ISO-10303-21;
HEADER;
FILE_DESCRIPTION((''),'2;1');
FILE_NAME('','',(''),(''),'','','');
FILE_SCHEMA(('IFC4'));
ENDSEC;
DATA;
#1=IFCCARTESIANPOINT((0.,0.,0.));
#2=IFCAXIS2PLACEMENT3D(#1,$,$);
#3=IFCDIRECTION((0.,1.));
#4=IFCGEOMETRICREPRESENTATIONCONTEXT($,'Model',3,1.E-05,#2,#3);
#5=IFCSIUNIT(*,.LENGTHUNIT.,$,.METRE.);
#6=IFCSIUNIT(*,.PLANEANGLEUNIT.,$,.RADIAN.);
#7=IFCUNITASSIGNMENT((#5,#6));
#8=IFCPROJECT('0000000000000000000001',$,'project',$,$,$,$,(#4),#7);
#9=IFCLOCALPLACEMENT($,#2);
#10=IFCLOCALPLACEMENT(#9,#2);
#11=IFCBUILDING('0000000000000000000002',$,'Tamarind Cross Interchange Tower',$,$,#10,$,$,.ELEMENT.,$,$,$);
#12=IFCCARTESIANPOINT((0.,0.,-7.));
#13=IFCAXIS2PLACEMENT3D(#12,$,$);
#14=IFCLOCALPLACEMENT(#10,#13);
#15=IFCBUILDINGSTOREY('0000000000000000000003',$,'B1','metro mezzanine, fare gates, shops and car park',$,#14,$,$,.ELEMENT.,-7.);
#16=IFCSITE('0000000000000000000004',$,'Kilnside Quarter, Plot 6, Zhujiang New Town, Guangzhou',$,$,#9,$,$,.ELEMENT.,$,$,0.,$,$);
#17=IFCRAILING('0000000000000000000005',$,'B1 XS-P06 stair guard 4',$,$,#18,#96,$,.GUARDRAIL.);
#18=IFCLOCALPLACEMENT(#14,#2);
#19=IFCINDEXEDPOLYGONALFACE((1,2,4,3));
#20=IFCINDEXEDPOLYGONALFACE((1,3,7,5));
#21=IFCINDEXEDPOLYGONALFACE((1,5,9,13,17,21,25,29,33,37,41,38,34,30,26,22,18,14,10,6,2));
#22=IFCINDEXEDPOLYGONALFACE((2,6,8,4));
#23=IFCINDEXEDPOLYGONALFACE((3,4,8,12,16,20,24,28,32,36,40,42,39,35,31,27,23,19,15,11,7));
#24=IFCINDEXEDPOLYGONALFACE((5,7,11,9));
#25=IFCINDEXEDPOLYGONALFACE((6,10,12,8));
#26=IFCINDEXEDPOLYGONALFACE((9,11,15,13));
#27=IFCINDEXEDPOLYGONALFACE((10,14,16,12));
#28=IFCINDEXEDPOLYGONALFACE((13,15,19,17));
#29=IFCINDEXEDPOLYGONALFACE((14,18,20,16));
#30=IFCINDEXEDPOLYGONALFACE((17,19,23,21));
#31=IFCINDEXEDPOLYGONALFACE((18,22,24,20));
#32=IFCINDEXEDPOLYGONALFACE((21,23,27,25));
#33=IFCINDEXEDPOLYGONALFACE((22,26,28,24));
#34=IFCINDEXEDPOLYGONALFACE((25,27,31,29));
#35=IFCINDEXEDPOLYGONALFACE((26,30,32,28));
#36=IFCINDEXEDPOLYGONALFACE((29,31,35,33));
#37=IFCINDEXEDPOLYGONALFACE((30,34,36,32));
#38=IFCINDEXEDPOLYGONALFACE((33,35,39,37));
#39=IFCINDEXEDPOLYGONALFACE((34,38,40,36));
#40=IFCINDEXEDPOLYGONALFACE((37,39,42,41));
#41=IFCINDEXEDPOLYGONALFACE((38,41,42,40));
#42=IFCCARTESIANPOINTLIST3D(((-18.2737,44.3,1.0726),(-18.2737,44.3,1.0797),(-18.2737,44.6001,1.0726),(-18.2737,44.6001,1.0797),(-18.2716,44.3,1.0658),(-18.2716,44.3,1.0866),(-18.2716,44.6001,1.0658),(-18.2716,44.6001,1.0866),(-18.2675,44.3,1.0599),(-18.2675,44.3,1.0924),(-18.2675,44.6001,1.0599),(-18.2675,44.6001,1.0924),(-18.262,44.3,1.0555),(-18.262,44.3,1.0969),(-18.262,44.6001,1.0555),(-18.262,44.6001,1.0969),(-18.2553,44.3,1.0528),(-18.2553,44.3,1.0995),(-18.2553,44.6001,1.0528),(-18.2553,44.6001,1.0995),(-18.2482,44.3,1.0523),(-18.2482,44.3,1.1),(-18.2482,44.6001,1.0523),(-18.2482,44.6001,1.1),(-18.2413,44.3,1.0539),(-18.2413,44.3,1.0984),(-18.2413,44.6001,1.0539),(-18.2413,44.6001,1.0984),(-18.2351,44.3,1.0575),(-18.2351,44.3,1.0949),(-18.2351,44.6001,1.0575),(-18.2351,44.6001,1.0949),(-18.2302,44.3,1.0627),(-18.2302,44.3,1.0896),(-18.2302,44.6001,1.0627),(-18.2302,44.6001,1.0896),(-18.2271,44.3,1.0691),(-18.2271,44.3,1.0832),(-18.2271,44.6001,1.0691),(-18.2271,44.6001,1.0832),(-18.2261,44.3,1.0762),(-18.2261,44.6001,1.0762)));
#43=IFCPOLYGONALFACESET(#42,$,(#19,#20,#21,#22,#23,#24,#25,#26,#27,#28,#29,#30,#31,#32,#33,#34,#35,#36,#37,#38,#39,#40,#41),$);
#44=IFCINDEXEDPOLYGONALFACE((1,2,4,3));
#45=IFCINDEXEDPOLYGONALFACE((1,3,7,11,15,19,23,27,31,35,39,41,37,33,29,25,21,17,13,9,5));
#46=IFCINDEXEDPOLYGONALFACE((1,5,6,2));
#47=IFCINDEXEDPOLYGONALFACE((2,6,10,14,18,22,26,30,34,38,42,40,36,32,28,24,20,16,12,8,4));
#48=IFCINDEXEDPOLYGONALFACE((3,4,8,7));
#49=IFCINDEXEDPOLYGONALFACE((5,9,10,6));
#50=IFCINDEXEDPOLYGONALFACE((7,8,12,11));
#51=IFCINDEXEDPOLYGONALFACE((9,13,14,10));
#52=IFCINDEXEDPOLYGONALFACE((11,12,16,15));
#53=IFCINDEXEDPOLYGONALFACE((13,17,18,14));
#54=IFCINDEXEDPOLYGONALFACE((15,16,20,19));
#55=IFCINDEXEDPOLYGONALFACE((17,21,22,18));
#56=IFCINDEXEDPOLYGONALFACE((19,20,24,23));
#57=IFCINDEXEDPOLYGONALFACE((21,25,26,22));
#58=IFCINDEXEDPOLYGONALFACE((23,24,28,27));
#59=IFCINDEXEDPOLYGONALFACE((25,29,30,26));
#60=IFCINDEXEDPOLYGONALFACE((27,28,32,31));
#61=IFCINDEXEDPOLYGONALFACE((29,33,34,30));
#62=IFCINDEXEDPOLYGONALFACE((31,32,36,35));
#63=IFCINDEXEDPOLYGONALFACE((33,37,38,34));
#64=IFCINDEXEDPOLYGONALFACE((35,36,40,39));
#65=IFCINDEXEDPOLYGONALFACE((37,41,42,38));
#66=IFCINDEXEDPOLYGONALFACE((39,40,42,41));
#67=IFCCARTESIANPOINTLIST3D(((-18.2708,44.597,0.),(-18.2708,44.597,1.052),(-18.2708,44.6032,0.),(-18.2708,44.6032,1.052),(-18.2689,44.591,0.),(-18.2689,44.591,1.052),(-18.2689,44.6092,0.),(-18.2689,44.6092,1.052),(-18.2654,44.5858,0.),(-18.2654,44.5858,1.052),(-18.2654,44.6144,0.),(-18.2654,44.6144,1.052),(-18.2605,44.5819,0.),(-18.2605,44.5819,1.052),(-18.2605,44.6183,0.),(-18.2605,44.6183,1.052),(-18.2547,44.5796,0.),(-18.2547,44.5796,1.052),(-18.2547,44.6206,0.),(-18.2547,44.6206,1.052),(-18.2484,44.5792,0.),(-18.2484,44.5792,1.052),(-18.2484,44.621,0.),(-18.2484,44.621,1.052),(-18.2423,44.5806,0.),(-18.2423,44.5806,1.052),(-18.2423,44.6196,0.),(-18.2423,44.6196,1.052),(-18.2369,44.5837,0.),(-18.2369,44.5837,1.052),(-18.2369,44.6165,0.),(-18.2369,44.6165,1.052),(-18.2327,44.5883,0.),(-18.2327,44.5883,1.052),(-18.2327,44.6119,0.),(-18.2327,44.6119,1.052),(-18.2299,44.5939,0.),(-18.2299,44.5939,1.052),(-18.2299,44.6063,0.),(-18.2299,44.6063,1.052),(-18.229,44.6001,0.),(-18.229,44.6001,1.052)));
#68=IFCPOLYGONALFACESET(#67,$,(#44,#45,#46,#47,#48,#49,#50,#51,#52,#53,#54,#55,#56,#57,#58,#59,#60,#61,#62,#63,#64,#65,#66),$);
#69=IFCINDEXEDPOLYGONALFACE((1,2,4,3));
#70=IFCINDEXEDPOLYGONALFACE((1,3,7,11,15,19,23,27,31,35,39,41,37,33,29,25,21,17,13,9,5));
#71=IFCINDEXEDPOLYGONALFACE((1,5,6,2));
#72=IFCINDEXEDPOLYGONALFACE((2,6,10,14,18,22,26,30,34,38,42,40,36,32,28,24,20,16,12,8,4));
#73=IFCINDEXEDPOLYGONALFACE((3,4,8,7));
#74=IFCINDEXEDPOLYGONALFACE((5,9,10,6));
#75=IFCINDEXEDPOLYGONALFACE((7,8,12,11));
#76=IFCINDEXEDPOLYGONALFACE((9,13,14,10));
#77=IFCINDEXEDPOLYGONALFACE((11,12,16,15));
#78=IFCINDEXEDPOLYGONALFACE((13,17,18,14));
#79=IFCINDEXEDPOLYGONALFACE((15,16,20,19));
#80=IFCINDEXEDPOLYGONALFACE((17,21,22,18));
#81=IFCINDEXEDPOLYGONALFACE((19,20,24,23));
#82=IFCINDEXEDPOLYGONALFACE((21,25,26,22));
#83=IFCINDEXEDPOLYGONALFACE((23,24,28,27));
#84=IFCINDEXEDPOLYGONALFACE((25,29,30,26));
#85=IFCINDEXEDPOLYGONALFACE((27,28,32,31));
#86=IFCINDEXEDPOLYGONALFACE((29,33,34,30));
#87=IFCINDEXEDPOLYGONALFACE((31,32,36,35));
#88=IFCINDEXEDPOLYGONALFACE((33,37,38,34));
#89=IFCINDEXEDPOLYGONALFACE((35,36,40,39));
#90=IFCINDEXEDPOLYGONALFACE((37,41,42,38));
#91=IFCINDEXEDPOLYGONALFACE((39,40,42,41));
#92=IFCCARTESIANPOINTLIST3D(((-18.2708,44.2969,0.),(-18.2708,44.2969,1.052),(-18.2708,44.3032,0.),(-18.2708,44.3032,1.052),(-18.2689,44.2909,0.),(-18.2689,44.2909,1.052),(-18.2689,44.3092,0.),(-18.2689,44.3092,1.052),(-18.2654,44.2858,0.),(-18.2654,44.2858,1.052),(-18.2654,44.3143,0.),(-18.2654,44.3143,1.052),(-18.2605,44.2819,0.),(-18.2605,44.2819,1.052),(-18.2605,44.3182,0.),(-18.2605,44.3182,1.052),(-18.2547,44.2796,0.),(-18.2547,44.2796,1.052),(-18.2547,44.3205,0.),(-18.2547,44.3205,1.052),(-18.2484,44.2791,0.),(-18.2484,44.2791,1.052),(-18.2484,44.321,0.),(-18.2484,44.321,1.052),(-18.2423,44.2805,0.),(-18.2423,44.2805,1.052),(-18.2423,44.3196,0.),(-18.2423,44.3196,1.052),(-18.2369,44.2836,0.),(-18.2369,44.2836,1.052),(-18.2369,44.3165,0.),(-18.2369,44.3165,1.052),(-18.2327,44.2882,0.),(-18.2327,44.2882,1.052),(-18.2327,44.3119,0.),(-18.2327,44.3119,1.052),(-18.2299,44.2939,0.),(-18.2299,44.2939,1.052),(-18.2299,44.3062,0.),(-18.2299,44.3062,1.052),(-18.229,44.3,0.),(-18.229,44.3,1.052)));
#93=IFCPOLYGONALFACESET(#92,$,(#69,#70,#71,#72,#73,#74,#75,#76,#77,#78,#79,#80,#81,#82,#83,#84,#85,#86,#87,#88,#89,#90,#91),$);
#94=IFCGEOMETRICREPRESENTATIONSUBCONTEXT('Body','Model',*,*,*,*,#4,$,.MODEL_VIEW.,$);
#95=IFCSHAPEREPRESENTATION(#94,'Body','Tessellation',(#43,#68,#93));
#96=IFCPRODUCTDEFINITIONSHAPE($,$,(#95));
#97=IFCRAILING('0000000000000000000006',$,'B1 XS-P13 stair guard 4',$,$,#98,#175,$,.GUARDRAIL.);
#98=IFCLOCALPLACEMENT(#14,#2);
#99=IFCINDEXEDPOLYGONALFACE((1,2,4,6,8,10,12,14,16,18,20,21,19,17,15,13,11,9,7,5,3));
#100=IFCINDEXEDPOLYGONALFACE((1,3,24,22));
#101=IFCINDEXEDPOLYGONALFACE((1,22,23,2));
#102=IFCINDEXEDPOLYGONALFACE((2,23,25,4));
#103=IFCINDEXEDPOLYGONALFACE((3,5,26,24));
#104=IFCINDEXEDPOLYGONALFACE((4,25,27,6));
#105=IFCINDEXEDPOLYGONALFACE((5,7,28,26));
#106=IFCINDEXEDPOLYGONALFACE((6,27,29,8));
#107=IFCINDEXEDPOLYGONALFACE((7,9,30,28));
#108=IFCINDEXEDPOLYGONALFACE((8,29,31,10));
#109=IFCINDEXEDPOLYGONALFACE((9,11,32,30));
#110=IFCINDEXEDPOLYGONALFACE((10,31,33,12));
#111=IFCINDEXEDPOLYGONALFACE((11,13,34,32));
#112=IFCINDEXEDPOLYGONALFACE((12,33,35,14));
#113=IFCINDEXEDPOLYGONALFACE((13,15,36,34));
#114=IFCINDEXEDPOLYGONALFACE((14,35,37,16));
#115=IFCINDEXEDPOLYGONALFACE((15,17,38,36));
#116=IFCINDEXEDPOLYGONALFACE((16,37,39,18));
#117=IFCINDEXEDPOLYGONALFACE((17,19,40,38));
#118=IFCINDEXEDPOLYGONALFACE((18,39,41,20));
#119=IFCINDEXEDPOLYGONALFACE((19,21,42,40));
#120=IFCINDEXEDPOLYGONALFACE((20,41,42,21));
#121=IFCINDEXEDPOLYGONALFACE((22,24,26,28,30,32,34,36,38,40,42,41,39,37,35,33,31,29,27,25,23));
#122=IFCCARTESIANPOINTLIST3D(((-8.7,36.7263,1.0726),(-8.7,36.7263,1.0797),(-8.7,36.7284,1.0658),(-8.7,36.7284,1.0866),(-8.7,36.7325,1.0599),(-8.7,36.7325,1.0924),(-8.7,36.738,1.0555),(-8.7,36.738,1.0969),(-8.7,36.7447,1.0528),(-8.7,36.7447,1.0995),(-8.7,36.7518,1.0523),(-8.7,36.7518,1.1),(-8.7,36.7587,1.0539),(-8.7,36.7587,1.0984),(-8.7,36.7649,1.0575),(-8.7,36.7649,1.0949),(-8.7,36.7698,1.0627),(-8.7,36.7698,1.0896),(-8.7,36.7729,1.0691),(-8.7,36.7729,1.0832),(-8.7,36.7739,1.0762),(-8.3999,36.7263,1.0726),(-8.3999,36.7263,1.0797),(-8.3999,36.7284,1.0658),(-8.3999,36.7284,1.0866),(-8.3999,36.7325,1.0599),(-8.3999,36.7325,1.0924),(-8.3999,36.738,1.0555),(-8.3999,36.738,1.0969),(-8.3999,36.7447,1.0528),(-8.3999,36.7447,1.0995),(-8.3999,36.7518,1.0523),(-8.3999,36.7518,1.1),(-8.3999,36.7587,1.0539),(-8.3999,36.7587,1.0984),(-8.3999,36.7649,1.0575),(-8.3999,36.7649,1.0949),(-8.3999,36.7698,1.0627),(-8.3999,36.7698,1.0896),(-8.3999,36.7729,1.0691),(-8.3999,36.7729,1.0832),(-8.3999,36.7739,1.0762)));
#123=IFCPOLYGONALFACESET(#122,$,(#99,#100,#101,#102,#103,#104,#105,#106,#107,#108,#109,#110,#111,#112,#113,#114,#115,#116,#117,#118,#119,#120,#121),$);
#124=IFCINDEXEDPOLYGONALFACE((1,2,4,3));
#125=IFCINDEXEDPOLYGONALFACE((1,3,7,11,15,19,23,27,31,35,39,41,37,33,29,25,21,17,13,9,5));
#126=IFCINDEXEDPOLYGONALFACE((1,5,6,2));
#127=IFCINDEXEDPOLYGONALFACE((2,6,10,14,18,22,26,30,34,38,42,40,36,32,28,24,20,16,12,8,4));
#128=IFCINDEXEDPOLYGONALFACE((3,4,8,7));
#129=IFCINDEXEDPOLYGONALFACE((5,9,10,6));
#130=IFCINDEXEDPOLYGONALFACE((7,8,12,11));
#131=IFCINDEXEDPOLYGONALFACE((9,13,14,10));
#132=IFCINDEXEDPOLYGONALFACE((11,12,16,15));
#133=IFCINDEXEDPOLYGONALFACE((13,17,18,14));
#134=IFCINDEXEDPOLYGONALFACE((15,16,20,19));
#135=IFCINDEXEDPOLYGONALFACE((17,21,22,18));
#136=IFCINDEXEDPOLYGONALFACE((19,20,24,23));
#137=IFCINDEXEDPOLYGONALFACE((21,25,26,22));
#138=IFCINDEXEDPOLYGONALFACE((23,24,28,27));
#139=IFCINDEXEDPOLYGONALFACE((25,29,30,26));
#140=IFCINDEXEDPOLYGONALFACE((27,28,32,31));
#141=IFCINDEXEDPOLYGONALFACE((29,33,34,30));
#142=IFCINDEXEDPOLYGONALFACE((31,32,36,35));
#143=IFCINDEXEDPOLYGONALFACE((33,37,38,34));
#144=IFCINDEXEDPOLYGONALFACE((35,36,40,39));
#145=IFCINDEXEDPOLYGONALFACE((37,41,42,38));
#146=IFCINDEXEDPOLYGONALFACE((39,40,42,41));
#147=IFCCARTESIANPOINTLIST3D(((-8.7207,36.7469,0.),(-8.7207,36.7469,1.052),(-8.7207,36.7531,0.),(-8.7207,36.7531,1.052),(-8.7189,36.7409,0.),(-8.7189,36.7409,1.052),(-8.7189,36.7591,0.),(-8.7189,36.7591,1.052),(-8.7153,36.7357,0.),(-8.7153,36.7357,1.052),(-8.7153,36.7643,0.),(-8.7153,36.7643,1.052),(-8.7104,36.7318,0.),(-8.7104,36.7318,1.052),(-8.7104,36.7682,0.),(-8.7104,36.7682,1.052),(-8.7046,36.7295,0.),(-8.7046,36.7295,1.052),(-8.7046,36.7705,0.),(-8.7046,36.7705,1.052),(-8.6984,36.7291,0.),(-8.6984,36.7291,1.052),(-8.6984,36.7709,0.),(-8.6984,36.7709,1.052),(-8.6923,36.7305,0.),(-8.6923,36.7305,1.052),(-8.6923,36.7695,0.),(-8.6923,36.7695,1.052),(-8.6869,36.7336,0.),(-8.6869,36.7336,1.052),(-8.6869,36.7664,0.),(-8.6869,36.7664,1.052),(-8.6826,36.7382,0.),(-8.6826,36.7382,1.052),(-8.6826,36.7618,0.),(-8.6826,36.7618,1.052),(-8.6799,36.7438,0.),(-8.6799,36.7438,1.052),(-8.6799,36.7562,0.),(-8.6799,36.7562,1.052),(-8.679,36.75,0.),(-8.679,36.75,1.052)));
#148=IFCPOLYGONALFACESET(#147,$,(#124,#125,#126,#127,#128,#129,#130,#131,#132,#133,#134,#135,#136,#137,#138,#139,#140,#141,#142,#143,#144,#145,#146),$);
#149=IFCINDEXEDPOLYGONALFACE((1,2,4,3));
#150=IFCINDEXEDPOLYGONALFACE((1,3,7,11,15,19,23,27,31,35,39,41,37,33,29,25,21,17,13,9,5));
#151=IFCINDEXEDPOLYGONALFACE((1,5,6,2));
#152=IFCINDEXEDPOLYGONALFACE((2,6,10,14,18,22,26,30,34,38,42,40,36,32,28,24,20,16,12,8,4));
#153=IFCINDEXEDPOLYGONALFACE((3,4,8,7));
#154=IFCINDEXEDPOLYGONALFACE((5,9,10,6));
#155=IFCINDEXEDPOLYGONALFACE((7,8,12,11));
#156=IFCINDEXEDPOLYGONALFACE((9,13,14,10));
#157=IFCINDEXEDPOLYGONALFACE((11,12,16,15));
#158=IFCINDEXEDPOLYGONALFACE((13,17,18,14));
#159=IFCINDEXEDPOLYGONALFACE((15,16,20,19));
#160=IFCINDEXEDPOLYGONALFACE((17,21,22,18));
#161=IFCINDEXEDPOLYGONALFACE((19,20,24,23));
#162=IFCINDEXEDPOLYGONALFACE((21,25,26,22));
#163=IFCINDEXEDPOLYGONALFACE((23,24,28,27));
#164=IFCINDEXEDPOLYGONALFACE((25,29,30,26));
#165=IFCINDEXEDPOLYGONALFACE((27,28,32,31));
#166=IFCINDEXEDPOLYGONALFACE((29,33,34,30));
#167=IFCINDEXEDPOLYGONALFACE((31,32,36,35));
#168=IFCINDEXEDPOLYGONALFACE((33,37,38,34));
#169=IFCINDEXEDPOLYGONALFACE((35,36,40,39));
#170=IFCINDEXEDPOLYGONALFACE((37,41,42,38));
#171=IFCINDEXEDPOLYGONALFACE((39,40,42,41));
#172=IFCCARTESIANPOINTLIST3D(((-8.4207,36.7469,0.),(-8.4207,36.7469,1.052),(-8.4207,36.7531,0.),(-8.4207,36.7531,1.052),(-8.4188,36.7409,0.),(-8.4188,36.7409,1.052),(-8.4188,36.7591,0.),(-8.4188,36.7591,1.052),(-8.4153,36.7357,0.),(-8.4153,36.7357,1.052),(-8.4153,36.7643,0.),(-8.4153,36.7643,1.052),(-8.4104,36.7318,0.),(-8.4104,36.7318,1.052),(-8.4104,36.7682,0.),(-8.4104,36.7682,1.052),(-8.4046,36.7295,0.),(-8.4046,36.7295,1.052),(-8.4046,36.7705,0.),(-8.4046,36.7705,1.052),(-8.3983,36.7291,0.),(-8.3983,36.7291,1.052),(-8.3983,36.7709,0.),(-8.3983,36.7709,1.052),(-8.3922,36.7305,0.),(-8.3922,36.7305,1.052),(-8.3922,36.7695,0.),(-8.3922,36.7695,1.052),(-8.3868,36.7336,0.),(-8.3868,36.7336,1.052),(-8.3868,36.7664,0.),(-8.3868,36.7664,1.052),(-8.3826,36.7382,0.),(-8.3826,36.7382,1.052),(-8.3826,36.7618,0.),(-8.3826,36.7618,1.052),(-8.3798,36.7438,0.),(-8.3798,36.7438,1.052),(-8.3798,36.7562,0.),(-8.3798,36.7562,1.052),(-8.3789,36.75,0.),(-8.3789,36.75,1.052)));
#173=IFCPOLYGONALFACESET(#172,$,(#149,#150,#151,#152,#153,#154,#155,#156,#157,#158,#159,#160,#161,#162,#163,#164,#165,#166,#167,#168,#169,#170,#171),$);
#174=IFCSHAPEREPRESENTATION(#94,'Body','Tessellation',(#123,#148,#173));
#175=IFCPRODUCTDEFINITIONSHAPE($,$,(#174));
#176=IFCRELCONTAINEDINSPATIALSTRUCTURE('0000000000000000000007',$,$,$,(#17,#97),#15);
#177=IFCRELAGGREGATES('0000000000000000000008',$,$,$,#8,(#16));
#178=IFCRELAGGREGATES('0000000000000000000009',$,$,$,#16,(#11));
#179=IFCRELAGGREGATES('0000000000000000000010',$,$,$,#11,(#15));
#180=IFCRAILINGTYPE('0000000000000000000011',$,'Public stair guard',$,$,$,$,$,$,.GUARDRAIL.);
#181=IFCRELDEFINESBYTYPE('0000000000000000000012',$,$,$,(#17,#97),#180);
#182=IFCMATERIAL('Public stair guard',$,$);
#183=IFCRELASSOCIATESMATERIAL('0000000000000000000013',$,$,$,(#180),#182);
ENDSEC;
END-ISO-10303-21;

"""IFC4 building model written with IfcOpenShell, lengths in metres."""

from ifc_helpers import new_model, si_unit, direction, frame, origin, origin_2d, place, context, subcontext, project, spatial, circle, extrude, material, type_object, element, save


model = new_model("IFC4")

# Units and contexts
model_context = context("Model", 3, precision=1e-05, world=origin(), true_north=direction((0.0, 1.0)))
body_context = subcontext(model_context, "Body", "Model", "MODEL_VIEW")
ifc_project = project(units=[si_unit("LENGTHUNIT", "METRE"), si_unit("PLANEANGLEUNIT", "RADIAN")], contexts=[model_context])

# Site, building, storey
site_placement = place(None, origin())
site = spatial("IfcSite", under=ifc_project, at=site_placement, Name="Kilnside Quarter, Plot 6, Zhujiang New Town, Guangzhou", CompositionType="ELEMENT", RefElevation=0.0)
building_placement = place(site_placement, origin())
building = spatial("IfcBuilding", under=site, at=building_placement, Name="Tamarind Cross Interchange Tower", CompositionType="ELEMENT")
storey_placement = place(building_placement, frame((0.0, 0.0, -7.0)))
storey = spatial("IfcBuildingStorey", under=building, at=storey_placement, Name="B1", Description="metro mezzanine, fare gates, shops and car park", CompositionType="ELEMENT", Elevation=-7.0)

# Railings
ifc_material_1 = material(Name="Public stair guard")
railing_type_1 = type_object("IfcRailingType", Name="Public stair guard", PredefinedType="GUARDRAIL", material=ifc_material_1)
railing_1_placement = place(storey_placement, frame((-18.25, 44.6001, 0.0)))
element("IfcRailing", 1, at=railing_1_placement, inside=storey, type_object=railing_type_1, Name="B1 XS-P06 stair guard 4", PredefinedType="GUARDRAIL", context=body_context, shape_type="SweptSolid", body=[
    extrude(circle(Radius=0.0239, at=origin_2d()), frame((0.0, 0.0, 1.0762), z_axis=(0.0, -1.0, 0.0), x_axis=(1.0, 0.0, 0.0)), (0.0, 0.0, 1.0), 0.3),
    extrude(circle(Radius=0.021, at=origin_2d()), origin(), (0.0, 0.0, 1.0), 1.052),
    extrude(circle(Radius=0.021, at=origin_2d()), frame((0.0, -0.3, 0.0)), (0.0, 0.0, 1.0), 1.052),
])
railing_2_placement = place(storey_placement, frame((-8.7, 36.75, 0.0)))
element("IfcRailing", 2, at=railing_2_placement, inside=storey, type_object=railing_type_1, Name="B1 XS-P13 stair guard 4", PredefinedType="GUARDRAIL", context=body_context, shape_type="SweptSolid", body=[
    extrude(circle(Radius=0.0239, at=origin_2d()), frame((0.0, 0.0, 1.0762), z_axis=(1.0, 0.0, 0.0), x_axis=(0.0, 1.0, 0.0)), (0.0, 0.0, 1.0), 0.3),
    extrude(circle(Radius=0.021, at=origin_2d()), origin(), (0.0, 0.0, 1.0), 1.052),
    extrude(circle(Radius=0.021, at=origin_2d()), frame((0.3, 0.0, 0.0)), (0.0, 0.0, 1.0), 1.052),
])

save(model, "model.ifc")
